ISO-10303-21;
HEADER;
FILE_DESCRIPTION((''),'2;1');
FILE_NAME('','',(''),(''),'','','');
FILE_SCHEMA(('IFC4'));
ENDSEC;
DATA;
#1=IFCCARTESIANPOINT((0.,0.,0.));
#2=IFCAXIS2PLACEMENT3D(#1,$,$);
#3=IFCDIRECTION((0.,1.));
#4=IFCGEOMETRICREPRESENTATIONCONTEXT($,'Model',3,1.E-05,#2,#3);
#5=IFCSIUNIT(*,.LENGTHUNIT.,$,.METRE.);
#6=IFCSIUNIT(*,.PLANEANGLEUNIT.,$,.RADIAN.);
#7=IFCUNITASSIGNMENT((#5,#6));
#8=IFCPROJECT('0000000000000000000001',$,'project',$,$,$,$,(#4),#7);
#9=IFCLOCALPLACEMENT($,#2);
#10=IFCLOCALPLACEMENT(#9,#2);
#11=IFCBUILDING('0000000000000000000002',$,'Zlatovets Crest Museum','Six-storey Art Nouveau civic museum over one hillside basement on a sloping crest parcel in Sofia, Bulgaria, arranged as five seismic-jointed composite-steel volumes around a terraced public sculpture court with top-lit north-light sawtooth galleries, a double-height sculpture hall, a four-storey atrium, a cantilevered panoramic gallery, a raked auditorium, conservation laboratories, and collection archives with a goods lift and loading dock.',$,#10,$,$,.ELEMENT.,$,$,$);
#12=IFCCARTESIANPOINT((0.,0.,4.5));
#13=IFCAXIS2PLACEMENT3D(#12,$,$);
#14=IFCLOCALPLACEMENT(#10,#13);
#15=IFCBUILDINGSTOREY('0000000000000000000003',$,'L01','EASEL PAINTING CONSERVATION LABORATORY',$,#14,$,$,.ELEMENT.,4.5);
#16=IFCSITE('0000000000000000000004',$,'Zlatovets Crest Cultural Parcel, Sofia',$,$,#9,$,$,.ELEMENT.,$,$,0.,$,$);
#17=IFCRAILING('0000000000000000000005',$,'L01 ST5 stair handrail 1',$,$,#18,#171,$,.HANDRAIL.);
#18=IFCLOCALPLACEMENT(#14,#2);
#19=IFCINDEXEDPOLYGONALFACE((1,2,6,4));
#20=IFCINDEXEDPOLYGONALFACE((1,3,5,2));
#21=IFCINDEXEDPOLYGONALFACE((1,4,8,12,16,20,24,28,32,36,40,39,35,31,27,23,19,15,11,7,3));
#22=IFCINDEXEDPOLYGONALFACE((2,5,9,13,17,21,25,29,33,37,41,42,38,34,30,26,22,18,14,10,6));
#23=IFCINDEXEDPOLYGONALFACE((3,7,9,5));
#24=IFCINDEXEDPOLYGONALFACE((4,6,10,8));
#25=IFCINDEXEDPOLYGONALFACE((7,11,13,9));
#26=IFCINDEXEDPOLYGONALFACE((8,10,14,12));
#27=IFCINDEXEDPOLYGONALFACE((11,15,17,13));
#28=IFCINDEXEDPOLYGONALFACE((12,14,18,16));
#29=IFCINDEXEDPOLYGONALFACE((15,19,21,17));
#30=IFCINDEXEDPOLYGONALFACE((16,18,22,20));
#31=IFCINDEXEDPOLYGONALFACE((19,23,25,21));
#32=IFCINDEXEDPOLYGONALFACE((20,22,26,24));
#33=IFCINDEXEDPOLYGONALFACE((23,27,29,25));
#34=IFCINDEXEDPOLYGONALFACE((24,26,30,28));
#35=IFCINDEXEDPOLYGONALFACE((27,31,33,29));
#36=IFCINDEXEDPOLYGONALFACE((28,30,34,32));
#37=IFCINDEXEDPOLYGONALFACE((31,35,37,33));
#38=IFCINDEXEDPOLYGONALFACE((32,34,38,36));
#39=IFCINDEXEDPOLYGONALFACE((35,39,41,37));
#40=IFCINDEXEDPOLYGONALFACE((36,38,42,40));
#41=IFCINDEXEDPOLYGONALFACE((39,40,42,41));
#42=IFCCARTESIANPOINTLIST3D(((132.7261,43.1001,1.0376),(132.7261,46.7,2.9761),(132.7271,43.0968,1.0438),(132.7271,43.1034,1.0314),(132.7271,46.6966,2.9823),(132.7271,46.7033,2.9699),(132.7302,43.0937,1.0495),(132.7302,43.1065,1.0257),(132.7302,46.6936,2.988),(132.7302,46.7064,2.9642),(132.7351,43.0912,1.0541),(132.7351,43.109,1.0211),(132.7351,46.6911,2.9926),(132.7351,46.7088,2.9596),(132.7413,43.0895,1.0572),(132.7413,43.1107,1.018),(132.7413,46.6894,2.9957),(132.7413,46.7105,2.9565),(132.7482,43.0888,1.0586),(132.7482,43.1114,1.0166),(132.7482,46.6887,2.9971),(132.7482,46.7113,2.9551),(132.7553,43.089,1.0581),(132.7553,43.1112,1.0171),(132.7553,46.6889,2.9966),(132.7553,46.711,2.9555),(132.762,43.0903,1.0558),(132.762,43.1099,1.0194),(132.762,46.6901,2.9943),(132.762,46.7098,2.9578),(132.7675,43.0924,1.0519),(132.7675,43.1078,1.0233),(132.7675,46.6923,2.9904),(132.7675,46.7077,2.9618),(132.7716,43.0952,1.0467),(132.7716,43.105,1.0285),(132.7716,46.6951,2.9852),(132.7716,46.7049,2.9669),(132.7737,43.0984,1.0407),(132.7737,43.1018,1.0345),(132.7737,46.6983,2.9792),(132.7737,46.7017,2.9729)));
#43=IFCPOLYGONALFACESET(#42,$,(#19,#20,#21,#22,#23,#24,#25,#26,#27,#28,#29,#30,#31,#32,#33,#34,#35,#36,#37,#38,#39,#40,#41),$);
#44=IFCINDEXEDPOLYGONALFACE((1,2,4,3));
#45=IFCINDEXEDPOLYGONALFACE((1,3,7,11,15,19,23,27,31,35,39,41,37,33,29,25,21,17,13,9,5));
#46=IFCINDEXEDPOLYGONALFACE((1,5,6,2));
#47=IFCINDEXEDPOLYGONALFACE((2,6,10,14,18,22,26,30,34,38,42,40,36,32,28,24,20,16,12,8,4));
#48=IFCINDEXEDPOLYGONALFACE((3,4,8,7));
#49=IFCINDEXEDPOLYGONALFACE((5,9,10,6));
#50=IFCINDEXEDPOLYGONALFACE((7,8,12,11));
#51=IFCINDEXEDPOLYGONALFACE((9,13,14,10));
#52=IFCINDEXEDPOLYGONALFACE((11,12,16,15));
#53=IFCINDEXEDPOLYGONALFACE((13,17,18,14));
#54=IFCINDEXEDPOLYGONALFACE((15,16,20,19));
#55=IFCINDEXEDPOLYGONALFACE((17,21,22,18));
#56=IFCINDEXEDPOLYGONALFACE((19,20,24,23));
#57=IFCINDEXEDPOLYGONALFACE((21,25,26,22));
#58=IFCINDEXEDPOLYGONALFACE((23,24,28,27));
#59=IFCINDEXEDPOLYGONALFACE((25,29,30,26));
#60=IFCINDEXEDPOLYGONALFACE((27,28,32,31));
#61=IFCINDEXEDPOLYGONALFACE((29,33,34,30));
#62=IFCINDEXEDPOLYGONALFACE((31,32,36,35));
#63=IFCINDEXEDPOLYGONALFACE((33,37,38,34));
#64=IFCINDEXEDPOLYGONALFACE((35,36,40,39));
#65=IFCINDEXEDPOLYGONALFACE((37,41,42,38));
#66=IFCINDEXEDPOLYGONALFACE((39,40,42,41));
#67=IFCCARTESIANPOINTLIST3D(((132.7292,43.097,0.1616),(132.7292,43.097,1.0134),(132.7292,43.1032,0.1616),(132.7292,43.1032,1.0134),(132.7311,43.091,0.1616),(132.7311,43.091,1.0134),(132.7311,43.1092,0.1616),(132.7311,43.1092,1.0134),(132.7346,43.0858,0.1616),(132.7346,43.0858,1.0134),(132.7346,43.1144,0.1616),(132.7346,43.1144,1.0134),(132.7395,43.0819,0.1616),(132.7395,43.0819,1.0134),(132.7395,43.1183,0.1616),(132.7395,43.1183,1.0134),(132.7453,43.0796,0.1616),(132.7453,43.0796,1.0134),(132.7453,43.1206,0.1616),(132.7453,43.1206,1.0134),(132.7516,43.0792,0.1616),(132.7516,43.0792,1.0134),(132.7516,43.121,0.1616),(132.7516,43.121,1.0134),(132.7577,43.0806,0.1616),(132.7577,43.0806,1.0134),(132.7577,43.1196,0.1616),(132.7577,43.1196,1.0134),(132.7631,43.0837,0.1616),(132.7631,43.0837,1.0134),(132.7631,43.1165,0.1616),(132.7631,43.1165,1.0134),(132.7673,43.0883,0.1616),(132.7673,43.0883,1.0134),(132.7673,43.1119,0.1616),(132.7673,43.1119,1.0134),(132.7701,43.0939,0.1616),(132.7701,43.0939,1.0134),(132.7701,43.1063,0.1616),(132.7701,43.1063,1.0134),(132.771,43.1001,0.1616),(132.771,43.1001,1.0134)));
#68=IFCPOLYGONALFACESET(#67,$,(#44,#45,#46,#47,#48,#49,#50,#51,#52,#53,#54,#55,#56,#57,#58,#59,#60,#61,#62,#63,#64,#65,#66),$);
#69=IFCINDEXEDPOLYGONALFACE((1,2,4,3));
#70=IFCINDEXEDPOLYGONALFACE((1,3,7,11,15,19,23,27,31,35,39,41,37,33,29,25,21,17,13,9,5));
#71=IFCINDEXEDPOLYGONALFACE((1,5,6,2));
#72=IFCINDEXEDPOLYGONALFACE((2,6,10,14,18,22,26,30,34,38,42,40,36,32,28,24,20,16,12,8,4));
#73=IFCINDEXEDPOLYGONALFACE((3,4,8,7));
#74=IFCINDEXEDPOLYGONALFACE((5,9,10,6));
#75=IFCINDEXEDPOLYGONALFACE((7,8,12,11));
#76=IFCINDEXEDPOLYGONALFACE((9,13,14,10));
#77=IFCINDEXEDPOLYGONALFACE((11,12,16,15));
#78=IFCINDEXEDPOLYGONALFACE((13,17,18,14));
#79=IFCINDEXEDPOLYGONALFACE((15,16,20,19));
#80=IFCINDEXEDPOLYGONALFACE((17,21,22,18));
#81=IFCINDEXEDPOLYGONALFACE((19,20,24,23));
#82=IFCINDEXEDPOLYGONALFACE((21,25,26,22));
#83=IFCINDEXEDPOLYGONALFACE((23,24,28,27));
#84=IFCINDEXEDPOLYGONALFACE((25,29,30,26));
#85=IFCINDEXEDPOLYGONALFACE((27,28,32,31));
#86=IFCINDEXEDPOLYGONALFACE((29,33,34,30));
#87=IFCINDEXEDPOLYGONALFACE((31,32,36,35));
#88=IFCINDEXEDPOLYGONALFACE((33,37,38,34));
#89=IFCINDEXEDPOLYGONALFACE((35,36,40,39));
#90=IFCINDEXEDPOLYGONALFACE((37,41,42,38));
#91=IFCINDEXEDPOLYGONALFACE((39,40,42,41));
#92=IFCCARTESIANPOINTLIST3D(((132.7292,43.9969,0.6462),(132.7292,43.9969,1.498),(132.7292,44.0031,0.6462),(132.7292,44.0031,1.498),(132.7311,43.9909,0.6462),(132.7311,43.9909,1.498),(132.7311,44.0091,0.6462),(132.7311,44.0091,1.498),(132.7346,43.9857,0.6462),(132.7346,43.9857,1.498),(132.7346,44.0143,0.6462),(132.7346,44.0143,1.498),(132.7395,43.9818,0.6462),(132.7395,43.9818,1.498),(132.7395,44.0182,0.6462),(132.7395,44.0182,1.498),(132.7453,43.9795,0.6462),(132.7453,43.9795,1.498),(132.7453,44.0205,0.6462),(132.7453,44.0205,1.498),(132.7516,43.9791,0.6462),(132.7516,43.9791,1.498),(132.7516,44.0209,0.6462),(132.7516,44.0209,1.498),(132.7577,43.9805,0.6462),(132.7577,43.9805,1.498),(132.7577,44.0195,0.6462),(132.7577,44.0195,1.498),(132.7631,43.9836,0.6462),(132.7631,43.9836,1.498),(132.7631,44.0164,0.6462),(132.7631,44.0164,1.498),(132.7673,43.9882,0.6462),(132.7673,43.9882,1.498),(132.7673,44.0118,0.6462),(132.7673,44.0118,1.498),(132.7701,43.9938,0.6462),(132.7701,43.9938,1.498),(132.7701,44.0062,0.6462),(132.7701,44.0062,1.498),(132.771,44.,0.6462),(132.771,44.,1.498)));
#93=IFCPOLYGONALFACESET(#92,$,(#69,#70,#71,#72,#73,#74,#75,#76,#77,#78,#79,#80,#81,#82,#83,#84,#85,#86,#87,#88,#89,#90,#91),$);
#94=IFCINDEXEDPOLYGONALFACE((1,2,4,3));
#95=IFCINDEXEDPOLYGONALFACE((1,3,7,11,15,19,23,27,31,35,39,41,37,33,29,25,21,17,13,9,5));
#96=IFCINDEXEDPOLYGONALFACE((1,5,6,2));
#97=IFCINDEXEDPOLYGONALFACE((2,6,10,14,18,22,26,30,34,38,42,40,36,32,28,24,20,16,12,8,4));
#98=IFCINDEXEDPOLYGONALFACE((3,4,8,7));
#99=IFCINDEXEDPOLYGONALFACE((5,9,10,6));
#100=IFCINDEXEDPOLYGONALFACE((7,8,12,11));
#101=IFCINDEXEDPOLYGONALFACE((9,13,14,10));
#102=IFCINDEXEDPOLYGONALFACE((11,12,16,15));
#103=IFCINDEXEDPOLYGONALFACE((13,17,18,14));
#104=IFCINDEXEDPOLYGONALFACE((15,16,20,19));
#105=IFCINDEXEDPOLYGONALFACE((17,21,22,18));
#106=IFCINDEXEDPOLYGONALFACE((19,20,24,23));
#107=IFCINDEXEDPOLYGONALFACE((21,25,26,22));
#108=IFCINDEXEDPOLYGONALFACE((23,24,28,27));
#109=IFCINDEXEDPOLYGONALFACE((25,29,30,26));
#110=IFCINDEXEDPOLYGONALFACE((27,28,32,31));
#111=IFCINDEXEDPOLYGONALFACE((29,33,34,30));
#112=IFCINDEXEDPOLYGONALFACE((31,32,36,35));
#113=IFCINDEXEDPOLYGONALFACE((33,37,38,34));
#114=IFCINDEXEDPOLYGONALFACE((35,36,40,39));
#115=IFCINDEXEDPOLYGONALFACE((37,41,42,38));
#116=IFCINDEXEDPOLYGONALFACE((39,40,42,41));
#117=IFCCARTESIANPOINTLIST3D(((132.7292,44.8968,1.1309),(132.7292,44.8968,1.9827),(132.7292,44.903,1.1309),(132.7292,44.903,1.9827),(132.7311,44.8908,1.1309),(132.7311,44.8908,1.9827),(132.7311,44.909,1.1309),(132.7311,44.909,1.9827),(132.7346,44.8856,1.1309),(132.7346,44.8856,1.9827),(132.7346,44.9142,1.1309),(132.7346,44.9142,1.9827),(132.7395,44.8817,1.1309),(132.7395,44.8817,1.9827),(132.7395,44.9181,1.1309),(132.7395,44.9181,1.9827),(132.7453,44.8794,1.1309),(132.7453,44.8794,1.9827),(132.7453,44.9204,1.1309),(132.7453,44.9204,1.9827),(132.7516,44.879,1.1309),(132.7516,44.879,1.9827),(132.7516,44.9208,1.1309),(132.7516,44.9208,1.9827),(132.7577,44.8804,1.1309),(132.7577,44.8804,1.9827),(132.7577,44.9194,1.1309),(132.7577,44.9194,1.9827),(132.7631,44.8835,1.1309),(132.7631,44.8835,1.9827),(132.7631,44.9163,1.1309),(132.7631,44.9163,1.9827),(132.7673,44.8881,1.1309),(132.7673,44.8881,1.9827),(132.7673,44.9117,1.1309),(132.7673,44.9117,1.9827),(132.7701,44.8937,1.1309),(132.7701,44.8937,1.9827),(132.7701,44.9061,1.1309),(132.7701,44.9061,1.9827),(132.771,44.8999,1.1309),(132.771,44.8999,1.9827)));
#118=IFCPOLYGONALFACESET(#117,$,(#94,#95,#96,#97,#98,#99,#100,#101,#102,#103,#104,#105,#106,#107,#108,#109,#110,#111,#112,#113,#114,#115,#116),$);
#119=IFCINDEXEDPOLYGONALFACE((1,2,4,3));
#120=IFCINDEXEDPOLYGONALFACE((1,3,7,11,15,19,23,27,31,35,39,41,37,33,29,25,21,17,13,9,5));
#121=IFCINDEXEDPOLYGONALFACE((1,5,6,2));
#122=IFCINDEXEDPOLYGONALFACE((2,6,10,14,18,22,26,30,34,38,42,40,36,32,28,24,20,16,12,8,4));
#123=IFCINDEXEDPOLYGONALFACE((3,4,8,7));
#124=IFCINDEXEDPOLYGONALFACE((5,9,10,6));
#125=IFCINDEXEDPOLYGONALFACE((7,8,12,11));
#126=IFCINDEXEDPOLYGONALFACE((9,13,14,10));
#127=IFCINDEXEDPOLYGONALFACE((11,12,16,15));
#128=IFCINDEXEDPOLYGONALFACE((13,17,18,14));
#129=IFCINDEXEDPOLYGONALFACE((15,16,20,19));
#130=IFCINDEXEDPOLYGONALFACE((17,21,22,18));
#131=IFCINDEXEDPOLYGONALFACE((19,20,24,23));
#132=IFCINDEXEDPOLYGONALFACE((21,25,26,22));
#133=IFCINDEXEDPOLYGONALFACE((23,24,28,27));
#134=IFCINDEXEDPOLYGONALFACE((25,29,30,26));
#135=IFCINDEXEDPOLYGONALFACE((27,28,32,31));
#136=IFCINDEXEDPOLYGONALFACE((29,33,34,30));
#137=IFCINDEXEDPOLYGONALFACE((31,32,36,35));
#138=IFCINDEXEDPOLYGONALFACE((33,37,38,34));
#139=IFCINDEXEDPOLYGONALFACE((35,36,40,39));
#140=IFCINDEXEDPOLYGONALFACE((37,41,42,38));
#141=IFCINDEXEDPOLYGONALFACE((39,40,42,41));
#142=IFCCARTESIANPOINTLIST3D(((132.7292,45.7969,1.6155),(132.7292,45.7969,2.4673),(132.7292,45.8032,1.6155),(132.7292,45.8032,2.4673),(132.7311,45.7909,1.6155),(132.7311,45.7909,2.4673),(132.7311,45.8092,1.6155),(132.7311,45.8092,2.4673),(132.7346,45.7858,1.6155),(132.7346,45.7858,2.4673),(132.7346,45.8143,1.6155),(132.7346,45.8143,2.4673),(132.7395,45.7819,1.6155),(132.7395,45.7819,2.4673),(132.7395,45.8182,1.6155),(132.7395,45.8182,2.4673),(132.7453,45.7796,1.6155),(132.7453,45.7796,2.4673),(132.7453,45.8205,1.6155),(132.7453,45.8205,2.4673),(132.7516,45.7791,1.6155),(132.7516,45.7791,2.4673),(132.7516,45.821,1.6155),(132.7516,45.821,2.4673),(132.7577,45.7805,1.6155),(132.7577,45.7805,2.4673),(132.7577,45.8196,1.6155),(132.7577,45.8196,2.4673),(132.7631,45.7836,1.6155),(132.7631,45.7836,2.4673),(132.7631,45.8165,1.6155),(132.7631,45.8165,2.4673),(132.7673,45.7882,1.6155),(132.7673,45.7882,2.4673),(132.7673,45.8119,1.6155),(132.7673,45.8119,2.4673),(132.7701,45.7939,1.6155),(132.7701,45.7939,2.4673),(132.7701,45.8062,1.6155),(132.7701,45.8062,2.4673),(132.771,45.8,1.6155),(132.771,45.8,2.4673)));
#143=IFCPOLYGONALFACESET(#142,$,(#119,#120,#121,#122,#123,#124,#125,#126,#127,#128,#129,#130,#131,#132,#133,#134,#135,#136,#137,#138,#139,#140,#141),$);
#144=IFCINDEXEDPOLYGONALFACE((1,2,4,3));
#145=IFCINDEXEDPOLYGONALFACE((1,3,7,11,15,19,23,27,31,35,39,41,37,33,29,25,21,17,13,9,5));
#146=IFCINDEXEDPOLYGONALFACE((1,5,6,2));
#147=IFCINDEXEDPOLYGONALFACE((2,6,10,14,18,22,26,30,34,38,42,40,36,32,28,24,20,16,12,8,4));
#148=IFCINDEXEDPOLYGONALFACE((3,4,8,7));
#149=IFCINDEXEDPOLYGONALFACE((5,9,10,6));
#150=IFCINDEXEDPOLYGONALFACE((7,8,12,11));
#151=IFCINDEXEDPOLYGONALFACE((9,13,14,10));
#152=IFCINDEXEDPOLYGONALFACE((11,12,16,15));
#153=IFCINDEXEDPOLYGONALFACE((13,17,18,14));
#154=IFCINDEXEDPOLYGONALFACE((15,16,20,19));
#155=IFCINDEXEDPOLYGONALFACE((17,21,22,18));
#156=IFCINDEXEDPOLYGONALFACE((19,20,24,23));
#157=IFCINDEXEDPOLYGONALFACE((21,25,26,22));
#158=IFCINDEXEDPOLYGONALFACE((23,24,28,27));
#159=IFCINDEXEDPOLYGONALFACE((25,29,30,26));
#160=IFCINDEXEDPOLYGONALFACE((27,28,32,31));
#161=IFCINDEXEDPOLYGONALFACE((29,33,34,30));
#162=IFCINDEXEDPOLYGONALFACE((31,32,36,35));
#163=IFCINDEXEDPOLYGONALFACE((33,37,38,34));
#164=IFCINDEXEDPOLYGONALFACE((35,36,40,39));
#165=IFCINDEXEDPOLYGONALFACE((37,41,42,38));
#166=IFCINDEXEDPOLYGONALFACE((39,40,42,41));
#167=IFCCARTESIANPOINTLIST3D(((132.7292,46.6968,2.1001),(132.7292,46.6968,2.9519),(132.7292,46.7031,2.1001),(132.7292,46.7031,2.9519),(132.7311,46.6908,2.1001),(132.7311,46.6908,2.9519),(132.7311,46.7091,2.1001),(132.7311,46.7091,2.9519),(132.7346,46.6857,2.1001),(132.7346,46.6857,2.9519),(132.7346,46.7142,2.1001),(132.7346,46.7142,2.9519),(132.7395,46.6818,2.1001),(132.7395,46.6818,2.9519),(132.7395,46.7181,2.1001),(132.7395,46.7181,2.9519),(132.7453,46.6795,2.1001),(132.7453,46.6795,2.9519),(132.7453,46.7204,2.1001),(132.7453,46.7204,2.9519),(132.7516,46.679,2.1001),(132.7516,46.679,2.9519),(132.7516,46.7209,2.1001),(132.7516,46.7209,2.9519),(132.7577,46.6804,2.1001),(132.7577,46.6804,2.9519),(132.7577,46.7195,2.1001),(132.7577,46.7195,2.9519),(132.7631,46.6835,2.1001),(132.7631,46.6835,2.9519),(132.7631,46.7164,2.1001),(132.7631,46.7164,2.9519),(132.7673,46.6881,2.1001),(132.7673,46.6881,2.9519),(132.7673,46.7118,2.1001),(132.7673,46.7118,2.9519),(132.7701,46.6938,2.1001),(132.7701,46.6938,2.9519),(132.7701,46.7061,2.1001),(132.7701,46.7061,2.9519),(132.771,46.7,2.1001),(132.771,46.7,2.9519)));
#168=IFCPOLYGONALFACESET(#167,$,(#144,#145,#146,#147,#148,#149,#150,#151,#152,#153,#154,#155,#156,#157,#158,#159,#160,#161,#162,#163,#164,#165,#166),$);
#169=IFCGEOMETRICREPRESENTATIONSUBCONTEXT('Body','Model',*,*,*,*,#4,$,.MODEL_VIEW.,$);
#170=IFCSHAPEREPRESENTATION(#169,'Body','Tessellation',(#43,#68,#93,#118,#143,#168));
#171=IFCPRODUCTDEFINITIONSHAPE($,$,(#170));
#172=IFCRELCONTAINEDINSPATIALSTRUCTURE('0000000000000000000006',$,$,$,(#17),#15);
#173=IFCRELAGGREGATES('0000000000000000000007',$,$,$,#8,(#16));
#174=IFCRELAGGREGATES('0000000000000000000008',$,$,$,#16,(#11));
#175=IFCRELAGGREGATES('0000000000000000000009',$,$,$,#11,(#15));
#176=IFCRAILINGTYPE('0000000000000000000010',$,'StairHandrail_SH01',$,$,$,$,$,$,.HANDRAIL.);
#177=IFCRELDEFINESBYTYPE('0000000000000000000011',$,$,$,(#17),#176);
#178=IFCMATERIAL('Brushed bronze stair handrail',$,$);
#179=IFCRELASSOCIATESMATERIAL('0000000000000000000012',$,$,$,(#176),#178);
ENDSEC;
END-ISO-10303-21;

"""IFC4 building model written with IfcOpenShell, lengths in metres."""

from ifc_helpers import new_model, si_unit, direction, frame, origin, origin_2d, place, context, subcontext, project, spatial, circle, extrude, material, type_object, element, save


model = new_model("IFC4")

# Units and contexts
model_context = context("Model", 3, precision=1e-05, world=origin(), true_north=direction((0.0, 1.0)))
body_context = subcontext(model_context, "Body", "Model", "MODEL_VIEW")
ifc_project = project(units=[si_unit("LENGTHUNIT", "METRE"), si_unit("PLANEANGLEUNIT", "RADIAN")], contexts=[model_context])

# Site, building, storey
site_placement = place(None, origin())
site = spatial("IfcSite", under=ifc_project, at=site_placement, Name="Zlatovets Crest Cultural Parcel, Sofia", CompositionType="ELEMENT", RefElevation=0.0)
building_placement = place(site_placement, origin())
building = spatial("IfcBuilding", under=site, at=building_placement, Name="Zlatovets Crest Museum", Description="Six-storey Art Nouveau civic museum over one hillside basement on a sloping crest parcel in Sofia, Bulgaria, arranged as five seismic-jointed composite-steel volumes around a terraced public sculpture court with top-lit north-light sawtooth galleries, a double-height sculpture hall, a four-storey atrium, a cantilevered panoramic gallery, a raked auditorium, conservation laboratories, and collection archives with a goods lift and loading dock.", CompositionType="ELEMENT")
storey_placement = place(building_placement, frame((0.0, 0.0, 4.5)))
storey = spatial("IfcBuildingStorey", under=building, at=storey_placement, Name="L01", Description="EASEL PAINTING CONSERVATION LABORATORY", CompositionType="ELEMENT", Elevation=4.5)

# Railing
ifc_material_1 = material(Name="Brushed bronze stair handrail")
railing_type_1 = type_object("IfcRailingType", Name="StairHandrail_SH01", PredefinedType="HANDRAIL", material=ifc_material_1)
railing_1_placement = place(storey_placement, frame((132.75, 43.1001, 0.1616)))
element("IfcRailing", 1, at=railing_1_placement, inside=storey, type_object=railing_type_1, Name="L01 ST5 stair handrail 1", PredefinedType="HANDRAIL", context=body_context, shape_type="SweptSolid", body=[
    extrude(circle(Radius=0.0239, at=origin_2d()), frame((0.0, 0.0, 0.876), z_axis=(0.0, 0.880462, 0.474118), x_axis=(-1.0, 0.0, 0.0)), (0.0, 0.0, 1.0), 4.0886),
    extrude(circle(Radius=0.021, at=origin_2d()), origin(), (0.0, 0.0, 1.0), 0.8518),
    extrude(circle(Radius=0.021, at=origin_2d()), frame((0.0, 0.8999, 0.4846)), (0.0, 0.0, 1.0), 0.8518),
    extrude(circle(Radius=0.021, at=origin_2d()), frame((0.0, 1.7998, 0.9692)), (0.0, 0.0, 1.0), 0.8518),
    extrude(circle(Radius=0.021, at=origin_2d()), frame((0.0, 2.7, 1.4539)), (0.0, 0.0, 1.0), 0.8518),
    extrude(circle(Radius=0.021, at=origin_2d()), frame((0.0, 3.5999, 1.9385)), (0.0, 0.0, 1.0), 0.8518),
])

save(model, "model.ifc")
